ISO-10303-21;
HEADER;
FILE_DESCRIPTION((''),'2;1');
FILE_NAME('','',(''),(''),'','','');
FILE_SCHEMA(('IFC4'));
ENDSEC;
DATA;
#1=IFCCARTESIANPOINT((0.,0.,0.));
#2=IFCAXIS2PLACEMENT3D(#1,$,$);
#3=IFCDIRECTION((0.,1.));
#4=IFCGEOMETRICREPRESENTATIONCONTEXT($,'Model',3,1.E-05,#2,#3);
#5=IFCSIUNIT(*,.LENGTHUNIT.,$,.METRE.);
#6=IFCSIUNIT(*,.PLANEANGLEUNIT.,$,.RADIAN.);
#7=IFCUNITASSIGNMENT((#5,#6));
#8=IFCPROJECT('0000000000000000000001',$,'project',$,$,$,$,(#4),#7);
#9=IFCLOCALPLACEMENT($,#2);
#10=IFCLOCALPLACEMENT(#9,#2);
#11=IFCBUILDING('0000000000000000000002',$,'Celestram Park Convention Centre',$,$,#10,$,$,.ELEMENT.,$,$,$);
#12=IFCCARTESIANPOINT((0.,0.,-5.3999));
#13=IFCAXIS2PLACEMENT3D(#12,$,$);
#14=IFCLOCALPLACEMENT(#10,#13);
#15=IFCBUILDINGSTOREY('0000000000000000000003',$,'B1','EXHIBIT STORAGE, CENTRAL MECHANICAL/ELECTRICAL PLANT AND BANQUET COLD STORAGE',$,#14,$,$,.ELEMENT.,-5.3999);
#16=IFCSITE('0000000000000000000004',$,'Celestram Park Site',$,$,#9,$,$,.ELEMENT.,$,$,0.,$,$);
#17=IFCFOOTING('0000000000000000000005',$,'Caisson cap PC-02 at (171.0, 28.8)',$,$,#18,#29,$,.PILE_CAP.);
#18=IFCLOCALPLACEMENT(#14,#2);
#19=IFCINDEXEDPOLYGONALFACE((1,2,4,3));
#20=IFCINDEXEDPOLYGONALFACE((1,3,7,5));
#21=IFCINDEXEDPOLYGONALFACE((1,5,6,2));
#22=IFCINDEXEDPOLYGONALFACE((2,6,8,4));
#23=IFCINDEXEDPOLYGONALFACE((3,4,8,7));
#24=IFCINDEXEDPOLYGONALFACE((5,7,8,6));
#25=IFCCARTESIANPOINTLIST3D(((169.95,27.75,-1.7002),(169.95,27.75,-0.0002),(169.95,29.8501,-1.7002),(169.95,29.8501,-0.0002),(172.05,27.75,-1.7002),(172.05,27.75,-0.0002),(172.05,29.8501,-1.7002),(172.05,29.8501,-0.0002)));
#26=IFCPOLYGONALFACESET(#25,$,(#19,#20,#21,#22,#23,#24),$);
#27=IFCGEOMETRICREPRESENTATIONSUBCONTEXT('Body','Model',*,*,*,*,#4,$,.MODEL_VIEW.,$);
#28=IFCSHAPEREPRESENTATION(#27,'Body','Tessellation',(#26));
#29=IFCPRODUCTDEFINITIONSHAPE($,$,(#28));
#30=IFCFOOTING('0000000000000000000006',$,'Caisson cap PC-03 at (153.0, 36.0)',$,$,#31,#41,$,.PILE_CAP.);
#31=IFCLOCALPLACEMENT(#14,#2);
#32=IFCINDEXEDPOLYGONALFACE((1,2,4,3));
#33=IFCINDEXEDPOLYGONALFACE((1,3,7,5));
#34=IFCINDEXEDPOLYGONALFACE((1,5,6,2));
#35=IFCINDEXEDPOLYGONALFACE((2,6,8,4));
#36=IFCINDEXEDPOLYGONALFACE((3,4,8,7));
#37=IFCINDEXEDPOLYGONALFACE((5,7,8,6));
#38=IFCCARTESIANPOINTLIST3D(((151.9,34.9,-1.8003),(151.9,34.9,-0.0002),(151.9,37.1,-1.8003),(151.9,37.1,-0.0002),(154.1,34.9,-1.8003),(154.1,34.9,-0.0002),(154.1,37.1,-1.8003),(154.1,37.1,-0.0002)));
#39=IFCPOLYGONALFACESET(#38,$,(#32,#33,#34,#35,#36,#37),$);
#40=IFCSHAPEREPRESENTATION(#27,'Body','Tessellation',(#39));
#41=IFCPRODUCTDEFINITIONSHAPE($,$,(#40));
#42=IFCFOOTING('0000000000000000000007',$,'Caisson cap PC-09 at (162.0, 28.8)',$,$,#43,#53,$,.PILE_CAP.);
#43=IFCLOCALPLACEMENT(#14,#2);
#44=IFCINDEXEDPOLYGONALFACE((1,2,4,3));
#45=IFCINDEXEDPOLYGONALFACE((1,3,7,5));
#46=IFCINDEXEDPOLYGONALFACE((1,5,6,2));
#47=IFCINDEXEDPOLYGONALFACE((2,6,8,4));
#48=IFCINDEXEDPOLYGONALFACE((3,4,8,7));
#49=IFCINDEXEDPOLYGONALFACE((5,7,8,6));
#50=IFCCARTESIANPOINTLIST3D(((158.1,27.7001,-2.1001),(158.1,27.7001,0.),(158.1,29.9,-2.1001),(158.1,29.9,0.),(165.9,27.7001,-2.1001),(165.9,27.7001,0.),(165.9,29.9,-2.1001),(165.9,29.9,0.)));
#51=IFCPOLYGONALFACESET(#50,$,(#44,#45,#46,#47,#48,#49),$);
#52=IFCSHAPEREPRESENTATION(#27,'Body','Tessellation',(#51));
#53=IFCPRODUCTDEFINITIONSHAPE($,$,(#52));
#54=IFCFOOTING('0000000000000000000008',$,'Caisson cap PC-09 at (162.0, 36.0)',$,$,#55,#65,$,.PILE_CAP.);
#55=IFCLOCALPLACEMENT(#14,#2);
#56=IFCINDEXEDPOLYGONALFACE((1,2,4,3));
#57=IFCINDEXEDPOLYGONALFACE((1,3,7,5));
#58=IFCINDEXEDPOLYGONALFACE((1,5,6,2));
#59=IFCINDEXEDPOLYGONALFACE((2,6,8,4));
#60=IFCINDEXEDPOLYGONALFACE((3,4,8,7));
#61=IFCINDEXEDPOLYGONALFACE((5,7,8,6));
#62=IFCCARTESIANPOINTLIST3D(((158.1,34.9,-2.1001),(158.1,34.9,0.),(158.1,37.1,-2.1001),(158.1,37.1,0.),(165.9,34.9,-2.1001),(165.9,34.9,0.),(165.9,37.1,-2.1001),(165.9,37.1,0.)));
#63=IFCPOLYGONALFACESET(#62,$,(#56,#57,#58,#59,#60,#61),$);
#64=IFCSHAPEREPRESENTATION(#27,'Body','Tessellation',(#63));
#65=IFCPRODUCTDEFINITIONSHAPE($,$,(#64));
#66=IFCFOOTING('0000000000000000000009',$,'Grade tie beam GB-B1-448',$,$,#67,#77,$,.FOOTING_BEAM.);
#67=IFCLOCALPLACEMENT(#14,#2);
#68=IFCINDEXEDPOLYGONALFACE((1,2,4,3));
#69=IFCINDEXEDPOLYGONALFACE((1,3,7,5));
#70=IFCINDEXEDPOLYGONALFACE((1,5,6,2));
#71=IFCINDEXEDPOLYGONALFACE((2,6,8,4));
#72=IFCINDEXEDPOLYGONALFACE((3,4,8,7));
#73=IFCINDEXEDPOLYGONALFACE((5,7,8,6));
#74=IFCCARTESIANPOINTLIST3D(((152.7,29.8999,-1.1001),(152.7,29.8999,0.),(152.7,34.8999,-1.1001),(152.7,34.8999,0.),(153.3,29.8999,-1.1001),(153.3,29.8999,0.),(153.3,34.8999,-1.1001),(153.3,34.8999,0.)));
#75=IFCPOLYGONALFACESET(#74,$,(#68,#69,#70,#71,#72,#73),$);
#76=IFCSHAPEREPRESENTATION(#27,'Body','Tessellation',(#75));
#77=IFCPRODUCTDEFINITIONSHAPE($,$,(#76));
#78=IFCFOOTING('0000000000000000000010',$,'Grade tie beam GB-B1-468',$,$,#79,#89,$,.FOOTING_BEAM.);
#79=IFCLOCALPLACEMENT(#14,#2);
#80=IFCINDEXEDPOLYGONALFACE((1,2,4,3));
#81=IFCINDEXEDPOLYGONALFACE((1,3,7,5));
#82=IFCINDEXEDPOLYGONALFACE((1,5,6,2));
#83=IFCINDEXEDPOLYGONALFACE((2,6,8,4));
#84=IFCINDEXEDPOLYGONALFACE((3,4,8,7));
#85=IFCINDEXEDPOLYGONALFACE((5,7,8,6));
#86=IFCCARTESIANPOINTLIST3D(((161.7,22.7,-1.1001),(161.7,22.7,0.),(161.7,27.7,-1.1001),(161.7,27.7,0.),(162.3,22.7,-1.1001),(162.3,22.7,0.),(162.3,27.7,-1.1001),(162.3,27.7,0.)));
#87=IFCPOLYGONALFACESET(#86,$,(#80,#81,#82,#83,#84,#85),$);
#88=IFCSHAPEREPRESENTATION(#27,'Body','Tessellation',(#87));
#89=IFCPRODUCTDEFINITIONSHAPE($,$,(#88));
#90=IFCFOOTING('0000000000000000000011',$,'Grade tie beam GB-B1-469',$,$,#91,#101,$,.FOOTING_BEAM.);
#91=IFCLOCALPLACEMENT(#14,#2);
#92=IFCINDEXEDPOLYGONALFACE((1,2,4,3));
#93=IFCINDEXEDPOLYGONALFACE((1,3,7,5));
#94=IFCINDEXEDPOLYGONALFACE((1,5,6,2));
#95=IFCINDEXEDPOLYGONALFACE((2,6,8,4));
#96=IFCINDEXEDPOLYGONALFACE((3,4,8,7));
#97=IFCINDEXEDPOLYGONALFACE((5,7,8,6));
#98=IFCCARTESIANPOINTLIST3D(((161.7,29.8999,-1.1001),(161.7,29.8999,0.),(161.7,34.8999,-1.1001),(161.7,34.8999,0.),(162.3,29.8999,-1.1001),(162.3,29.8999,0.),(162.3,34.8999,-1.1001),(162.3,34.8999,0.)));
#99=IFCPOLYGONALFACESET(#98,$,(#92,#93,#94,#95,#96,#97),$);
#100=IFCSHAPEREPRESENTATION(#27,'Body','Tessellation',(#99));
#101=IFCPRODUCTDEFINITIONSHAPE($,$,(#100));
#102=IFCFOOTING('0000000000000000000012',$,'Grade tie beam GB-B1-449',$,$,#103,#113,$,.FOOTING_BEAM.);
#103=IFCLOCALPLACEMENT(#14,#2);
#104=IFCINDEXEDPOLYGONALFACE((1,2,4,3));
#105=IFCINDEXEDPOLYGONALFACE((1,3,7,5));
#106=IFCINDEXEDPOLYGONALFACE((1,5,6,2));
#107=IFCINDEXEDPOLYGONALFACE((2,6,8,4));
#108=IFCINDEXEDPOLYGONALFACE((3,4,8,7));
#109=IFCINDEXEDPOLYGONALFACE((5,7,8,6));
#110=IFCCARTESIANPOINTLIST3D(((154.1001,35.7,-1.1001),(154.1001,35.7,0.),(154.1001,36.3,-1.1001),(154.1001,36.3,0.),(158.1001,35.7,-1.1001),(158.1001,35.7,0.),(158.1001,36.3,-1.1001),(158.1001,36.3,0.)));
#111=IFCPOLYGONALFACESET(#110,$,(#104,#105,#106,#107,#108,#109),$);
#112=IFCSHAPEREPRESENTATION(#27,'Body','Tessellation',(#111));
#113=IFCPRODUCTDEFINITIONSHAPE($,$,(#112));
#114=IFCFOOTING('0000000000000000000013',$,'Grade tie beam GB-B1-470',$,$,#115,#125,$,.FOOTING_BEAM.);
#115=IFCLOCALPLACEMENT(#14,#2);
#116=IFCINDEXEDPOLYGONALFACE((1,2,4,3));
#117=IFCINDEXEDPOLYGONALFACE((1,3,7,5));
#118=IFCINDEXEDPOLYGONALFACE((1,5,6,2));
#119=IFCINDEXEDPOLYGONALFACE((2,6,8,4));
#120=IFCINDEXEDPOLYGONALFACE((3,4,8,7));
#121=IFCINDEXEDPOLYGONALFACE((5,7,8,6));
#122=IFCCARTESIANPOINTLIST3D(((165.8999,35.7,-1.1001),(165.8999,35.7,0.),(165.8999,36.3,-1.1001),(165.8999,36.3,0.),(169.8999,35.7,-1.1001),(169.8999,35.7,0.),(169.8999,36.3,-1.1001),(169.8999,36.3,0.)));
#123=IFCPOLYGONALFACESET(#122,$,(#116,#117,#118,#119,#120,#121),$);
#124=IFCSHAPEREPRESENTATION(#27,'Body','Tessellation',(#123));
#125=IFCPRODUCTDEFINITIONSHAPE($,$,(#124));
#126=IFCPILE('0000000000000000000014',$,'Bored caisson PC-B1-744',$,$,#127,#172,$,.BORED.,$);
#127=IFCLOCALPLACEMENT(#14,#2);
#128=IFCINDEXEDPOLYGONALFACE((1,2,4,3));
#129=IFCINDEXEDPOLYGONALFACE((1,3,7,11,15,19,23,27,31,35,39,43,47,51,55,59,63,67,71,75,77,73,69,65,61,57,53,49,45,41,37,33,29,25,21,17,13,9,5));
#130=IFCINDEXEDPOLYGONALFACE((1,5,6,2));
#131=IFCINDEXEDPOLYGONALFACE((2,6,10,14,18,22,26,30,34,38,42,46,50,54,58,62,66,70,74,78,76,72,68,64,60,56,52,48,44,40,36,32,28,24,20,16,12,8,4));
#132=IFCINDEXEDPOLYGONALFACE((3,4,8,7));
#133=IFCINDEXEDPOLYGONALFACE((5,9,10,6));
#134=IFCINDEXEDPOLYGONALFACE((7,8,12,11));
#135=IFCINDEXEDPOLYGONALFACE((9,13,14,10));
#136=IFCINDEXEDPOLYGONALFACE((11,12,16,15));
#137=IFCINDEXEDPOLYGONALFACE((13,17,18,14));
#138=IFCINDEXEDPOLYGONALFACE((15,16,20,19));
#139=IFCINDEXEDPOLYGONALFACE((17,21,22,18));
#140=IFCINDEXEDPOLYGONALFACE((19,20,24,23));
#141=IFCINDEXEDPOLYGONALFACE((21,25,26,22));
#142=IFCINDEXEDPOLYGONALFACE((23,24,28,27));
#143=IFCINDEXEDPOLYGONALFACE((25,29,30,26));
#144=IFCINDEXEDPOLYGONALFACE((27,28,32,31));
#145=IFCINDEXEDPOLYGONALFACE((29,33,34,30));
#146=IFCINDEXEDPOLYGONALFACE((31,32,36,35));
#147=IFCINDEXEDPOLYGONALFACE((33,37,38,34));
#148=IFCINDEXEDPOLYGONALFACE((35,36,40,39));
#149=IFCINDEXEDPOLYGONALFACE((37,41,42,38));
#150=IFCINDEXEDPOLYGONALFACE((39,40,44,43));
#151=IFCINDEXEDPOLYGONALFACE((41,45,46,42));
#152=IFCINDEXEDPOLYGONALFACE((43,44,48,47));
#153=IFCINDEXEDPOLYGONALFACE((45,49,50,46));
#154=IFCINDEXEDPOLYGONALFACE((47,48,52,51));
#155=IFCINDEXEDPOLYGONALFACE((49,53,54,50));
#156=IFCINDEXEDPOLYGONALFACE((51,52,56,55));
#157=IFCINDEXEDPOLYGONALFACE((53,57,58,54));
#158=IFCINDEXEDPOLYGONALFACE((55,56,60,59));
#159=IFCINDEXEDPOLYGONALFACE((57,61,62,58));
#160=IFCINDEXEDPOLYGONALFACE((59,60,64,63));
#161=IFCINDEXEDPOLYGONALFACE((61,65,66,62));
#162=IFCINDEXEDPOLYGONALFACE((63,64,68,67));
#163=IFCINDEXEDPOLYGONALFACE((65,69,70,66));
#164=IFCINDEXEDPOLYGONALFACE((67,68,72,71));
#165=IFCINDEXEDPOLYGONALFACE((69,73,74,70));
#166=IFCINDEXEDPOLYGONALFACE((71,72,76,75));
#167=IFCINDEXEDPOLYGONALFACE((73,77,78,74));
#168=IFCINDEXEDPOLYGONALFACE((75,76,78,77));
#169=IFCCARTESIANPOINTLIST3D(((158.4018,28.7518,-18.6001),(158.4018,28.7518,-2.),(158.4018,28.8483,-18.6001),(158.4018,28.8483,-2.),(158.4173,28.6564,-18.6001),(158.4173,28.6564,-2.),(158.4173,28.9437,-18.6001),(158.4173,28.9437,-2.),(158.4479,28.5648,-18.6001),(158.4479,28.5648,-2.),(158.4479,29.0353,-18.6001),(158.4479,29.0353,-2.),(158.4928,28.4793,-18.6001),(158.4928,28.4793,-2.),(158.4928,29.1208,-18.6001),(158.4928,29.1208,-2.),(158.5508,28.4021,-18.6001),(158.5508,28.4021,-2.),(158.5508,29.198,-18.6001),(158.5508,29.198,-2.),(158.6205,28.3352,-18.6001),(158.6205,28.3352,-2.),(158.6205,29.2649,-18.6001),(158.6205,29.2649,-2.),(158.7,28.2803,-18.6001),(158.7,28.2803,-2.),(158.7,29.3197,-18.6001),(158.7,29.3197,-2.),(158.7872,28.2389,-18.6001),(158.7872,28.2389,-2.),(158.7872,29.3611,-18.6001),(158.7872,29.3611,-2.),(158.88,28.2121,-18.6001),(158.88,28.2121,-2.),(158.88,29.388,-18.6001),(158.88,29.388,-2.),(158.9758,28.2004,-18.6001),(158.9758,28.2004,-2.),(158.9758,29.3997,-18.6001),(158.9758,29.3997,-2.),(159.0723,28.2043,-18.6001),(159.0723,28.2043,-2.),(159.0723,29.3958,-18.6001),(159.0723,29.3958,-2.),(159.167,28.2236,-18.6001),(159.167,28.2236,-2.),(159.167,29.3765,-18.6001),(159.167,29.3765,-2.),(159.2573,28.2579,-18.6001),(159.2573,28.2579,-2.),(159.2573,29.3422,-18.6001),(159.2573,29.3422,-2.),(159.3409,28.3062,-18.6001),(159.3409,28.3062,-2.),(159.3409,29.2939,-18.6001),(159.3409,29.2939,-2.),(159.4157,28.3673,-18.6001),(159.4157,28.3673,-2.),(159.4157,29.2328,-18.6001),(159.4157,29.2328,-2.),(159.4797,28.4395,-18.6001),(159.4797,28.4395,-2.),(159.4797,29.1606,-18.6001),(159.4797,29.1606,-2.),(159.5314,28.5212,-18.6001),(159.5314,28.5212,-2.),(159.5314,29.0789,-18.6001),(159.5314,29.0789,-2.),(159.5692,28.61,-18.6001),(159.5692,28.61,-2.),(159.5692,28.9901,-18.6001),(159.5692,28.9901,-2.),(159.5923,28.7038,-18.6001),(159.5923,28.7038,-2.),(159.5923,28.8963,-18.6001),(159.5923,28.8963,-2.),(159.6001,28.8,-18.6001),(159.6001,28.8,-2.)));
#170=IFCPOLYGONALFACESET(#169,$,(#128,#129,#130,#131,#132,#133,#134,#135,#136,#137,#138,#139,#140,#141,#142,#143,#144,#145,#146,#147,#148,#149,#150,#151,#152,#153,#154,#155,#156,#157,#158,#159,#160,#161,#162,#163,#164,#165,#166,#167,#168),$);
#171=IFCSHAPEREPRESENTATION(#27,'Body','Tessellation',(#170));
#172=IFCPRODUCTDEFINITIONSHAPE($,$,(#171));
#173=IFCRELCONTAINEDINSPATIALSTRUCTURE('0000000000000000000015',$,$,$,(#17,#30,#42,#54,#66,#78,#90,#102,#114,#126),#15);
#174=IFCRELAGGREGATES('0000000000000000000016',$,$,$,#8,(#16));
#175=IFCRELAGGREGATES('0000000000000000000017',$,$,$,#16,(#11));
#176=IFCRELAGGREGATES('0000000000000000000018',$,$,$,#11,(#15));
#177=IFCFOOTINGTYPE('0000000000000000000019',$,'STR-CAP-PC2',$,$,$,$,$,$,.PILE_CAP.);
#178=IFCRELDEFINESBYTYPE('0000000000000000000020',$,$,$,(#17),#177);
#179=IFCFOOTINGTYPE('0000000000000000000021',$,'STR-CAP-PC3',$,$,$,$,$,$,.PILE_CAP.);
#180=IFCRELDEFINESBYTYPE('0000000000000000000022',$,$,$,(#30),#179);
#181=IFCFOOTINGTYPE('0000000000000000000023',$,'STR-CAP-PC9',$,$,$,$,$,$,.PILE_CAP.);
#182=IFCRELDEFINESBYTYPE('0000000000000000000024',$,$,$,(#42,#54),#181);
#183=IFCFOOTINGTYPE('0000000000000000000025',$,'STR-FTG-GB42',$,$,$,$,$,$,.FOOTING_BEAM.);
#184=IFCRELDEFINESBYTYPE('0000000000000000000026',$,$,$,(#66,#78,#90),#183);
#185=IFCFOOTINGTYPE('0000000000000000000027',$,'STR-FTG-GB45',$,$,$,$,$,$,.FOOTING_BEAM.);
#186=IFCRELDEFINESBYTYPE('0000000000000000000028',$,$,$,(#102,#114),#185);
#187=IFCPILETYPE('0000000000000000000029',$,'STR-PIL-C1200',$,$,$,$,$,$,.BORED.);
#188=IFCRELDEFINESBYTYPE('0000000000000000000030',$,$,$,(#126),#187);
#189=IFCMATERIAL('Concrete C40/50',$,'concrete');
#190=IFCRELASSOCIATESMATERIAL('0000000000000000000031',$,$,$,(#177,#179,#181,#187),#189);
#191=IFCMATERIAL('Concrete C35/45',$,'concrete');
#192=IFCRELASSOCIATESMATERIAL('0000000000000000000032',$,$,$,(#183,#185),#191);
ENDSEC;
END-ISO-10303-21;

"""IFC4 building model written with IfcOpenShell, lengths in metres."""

from ifc_helpers import new_model, si_unit, direction, frame, origin, origin_2d, place, context, subcontext, project, spatial, rectangle, circle, extrude, material, material_profile, profile_set, type_object, element, save


model = new_model("IFC4")

# Units and contexts
model_context = context("Model", 3, precision=1e-05, world=origin(), true_north=direction((0.0, 1.0)))
body_context = subcontext(model_context, "Body", "Model", "MODEL_VIEW")
ifc_project = project(units=[si_unit("LENGTHUNIT", "METRE"), si_unit("PLANEANGLEUNIT", "RADIAN")], contexts=[model_context])

# Site, building, storey
site_placement = place(None, origin())
site = spatial("IfcSite", under=ifc_project, at=site_placement, Name="Celestram Park Site", CompositionType="ELEMENT", RefElevation=0.0)
building_placement = place(site_placement, origin())
building = spatial("IfcBuilding", under=site, at=building_placement, Name="Celestram Park Convention Centre", CompositionType="ELEMENT")
storey_placement = place(building_placement, frame((0.0, 0.0, -5.3999)))
storey = spatial("IfcBuildingStorey", under=building, at=storey_placement, Name="B1", Description="EXHIBIT STORAGE, CENTRAL MECHANICAL/ELECTRICAL PLANT AND BANQUET COLD STORAGE", CompositionType="ELEMENT", Elevation=-5.3999)

# Footings
ifc_material_1 = material(Name="Concrete C40/50", Category="concrete")
footing_type_1 = type_object("IfcFootingType", Name="STR-CAP-PC2", PredefinedType="PILE_CAP", material=ifc_material_1)
footing_1_placement = place(storey_placement, frame((171.0, 28.8, -1.7002), z_axis=(0.0, 0.0, 1.0), x_axis=(1.0, 0.0, 0.0)))
element("IfcFooting", 1, at=footing_1_placement, inside=storey, type_object=footing_type_1, Name="Caisson cap PC-02 at (171.0, 28.8)", PredefinedType="PILE_CAP", context=body_context, shape_type="SweptSolid", body=[
    extrude(rectangle(XDim=2.1001, YDim=2.1001, at=origin_2d()), origin(), (0.0, 0.0, 1.0), 1.7),
])
footing_type_2 = type_object("IfcFootingType", Name="STR-CAP-PC3", PredefinedType="PILE_CAP", material=ifc_material_1)
footing_2_placement = place(storey_placement, frame((153.0, 36.0, -1.8003), z_axis=(0.0, 0.0, 1.0), x_axis=(1.0, 0.0, 0.0)))
element("IfcFooting", 2, at=footing_2_placement, inside=storey, type_object=footing_type_2, Name="Caisson cap PC-03 at (153.0, 36.0)", PredefinedType="PILE_CAP", context=body_context, shape_type="SweptSolid", body=[
    extrude(rectangle(XDim=2.2, YDim=2.2, at=origin_2d()), origin(), (0.0, 0.0, 1.0), 1.8),
])
footing_type_3 = type_object("IfcFootingType", Name="STR-CAP-PC9", PredefinedType="PILE_CAP", material=ifc_material_1)
for number, where, z_axis, x_axis, name in (
    (3, (162.0, 28.8, -2.1001), (0.0, 0.0, 1.0), (1.0, 0.0, 0.0), "Caisson cap PC-09 at (162.0, 28.8)"),
    (4, (162.0, 36.0, -2.1001), (0.0, 0.0, 1.0), (1.0, 0.0, 0.0), "Caisson cap PC-09 at (162.0, 36.0)"),
):
    element("IfcFooting", number, at=place(storey_placement, frame(where, z_axis=z_axis, x_axis=x_axis)), inside=storey, type_object=footing_type_3, Name=name, PredefinedType="PILE_CAP", context=body_context, shape_type="SweptSolid", body=[
        extrude(rectangle(XDim=7.8, YDim=2.2, at=origin_2d()), origin(), (0.0, 0.0, 1.0), 2.1001),
    ])
ifc_material_2 = material(Name="Concrete C35/45", Category="concrete")
footing_type_4 = type_object("IfcFootingType", Name="STR-FTG-GB42", PredefinedType="FOOTING_BEAM", material=ifc_material_2)
for number, where, z_axis, x_axis, name in (
    (5, (153.0, 32.3999, -1.1001), (0.0, 0.0, 1.0), (0.0, 1.0, 0.0), "Grade tie beam GB-B1-448"),
    (6, (162.0, 25.2, -1.1001), (0.0, 0.0, 1.0), (0.0, 1.0, 0.0), "Grade tie beam GB-B1-468"),
    (7, (162.0, 32.3999, -1.1001), (0.0, 0.0, 1.0), (0.0, 1.0, 0.0), "Grade tie beam GB-B1-469"),
):
    element("IfcFooting", number, at=place(storey_placement, frame(where, z_axis=z_axis, x_axis=x_axis)), inside=storey, type_object=footing_type_4, Name=name, PredefinedType="FOOTING_BEAM", context=body_context, shape_type="SweptSolid", body=[
        extrude(rectangle(XDim=5.0, YDim=0.6001, at=origin_2d()), origin(), (0.0, 0.0, 1.0), 1.1001),
    ])
footing_type_5 = type_object("IfcFootingType", Name="STR-FTG-GB45", PredefinedType="FOOTING_BEAM", material=ifc_material_2)
for number, where, z_axis, x_axis, name in (
    (8, (156.1001, 36.0, -1.1001), (0.0, 0.0, 1.0), (1.0, 0.0, 0.0), "Grade tie beam GB-B1-449"),
    (9, (167.8999, 36.0, -1.1001), (0.0, 0.0, 1.0), (1.0, 0.0, 0.0), "Grade tie beam GB-B1-470"),
):
    element("IfcFooting", number, at=place(storey_placement, frame(where, z_axis=z_axis, x_axis=x_axis)), inside=storey, type_object=footing_type_5, Name=name, PredefinedType="FOOTING_BEAM", context=body_context, shape_type="SweptSolid", body=[
        extrude(rectangle(XDim=4.0, YDim=0.6001, at=origin_2d()), origin(), (0.0, 0.0, 1.0), 1.1001),
    ])

# Pile
ifc_material_profile_1 = material_profile(ifc_material_1, circle(Radius=0.6001, at=origin_2d()), Name="CAISSON1200")
ifc_profile_set_1 = profile_set([ifc_material_profile_1], Name="Concrete C40/50")
pile_type_1 = type_object("IfcPileType", Name="STR-PIL-C1200", PredefinedType="BORED", material=ifc_profile_set_1)
for number, where, z_axis, x_axis, name in (
    (10, (159.0, 28.8, -2.0), (0.0, 0.0, -1.0), (1.0, 0.0, 0.0), "Bored caisson PC-B1-744"),
):
    element("IfcPile", number, at=place(storey_placement, frame(where, z_axis=z_axis, x_axis=x_axis)), inside=storey, type_object=pile_type_1, Name=name, PredefinedType="BORED", context=body_context, shape_type="SweptSolid", body=[
        extrude(circle(Radius=0.6001, at=origin_2d()), origin(), (0.0, 0.0, 1.0), 16.6001),
    ])

save(model, "model.ifc")
